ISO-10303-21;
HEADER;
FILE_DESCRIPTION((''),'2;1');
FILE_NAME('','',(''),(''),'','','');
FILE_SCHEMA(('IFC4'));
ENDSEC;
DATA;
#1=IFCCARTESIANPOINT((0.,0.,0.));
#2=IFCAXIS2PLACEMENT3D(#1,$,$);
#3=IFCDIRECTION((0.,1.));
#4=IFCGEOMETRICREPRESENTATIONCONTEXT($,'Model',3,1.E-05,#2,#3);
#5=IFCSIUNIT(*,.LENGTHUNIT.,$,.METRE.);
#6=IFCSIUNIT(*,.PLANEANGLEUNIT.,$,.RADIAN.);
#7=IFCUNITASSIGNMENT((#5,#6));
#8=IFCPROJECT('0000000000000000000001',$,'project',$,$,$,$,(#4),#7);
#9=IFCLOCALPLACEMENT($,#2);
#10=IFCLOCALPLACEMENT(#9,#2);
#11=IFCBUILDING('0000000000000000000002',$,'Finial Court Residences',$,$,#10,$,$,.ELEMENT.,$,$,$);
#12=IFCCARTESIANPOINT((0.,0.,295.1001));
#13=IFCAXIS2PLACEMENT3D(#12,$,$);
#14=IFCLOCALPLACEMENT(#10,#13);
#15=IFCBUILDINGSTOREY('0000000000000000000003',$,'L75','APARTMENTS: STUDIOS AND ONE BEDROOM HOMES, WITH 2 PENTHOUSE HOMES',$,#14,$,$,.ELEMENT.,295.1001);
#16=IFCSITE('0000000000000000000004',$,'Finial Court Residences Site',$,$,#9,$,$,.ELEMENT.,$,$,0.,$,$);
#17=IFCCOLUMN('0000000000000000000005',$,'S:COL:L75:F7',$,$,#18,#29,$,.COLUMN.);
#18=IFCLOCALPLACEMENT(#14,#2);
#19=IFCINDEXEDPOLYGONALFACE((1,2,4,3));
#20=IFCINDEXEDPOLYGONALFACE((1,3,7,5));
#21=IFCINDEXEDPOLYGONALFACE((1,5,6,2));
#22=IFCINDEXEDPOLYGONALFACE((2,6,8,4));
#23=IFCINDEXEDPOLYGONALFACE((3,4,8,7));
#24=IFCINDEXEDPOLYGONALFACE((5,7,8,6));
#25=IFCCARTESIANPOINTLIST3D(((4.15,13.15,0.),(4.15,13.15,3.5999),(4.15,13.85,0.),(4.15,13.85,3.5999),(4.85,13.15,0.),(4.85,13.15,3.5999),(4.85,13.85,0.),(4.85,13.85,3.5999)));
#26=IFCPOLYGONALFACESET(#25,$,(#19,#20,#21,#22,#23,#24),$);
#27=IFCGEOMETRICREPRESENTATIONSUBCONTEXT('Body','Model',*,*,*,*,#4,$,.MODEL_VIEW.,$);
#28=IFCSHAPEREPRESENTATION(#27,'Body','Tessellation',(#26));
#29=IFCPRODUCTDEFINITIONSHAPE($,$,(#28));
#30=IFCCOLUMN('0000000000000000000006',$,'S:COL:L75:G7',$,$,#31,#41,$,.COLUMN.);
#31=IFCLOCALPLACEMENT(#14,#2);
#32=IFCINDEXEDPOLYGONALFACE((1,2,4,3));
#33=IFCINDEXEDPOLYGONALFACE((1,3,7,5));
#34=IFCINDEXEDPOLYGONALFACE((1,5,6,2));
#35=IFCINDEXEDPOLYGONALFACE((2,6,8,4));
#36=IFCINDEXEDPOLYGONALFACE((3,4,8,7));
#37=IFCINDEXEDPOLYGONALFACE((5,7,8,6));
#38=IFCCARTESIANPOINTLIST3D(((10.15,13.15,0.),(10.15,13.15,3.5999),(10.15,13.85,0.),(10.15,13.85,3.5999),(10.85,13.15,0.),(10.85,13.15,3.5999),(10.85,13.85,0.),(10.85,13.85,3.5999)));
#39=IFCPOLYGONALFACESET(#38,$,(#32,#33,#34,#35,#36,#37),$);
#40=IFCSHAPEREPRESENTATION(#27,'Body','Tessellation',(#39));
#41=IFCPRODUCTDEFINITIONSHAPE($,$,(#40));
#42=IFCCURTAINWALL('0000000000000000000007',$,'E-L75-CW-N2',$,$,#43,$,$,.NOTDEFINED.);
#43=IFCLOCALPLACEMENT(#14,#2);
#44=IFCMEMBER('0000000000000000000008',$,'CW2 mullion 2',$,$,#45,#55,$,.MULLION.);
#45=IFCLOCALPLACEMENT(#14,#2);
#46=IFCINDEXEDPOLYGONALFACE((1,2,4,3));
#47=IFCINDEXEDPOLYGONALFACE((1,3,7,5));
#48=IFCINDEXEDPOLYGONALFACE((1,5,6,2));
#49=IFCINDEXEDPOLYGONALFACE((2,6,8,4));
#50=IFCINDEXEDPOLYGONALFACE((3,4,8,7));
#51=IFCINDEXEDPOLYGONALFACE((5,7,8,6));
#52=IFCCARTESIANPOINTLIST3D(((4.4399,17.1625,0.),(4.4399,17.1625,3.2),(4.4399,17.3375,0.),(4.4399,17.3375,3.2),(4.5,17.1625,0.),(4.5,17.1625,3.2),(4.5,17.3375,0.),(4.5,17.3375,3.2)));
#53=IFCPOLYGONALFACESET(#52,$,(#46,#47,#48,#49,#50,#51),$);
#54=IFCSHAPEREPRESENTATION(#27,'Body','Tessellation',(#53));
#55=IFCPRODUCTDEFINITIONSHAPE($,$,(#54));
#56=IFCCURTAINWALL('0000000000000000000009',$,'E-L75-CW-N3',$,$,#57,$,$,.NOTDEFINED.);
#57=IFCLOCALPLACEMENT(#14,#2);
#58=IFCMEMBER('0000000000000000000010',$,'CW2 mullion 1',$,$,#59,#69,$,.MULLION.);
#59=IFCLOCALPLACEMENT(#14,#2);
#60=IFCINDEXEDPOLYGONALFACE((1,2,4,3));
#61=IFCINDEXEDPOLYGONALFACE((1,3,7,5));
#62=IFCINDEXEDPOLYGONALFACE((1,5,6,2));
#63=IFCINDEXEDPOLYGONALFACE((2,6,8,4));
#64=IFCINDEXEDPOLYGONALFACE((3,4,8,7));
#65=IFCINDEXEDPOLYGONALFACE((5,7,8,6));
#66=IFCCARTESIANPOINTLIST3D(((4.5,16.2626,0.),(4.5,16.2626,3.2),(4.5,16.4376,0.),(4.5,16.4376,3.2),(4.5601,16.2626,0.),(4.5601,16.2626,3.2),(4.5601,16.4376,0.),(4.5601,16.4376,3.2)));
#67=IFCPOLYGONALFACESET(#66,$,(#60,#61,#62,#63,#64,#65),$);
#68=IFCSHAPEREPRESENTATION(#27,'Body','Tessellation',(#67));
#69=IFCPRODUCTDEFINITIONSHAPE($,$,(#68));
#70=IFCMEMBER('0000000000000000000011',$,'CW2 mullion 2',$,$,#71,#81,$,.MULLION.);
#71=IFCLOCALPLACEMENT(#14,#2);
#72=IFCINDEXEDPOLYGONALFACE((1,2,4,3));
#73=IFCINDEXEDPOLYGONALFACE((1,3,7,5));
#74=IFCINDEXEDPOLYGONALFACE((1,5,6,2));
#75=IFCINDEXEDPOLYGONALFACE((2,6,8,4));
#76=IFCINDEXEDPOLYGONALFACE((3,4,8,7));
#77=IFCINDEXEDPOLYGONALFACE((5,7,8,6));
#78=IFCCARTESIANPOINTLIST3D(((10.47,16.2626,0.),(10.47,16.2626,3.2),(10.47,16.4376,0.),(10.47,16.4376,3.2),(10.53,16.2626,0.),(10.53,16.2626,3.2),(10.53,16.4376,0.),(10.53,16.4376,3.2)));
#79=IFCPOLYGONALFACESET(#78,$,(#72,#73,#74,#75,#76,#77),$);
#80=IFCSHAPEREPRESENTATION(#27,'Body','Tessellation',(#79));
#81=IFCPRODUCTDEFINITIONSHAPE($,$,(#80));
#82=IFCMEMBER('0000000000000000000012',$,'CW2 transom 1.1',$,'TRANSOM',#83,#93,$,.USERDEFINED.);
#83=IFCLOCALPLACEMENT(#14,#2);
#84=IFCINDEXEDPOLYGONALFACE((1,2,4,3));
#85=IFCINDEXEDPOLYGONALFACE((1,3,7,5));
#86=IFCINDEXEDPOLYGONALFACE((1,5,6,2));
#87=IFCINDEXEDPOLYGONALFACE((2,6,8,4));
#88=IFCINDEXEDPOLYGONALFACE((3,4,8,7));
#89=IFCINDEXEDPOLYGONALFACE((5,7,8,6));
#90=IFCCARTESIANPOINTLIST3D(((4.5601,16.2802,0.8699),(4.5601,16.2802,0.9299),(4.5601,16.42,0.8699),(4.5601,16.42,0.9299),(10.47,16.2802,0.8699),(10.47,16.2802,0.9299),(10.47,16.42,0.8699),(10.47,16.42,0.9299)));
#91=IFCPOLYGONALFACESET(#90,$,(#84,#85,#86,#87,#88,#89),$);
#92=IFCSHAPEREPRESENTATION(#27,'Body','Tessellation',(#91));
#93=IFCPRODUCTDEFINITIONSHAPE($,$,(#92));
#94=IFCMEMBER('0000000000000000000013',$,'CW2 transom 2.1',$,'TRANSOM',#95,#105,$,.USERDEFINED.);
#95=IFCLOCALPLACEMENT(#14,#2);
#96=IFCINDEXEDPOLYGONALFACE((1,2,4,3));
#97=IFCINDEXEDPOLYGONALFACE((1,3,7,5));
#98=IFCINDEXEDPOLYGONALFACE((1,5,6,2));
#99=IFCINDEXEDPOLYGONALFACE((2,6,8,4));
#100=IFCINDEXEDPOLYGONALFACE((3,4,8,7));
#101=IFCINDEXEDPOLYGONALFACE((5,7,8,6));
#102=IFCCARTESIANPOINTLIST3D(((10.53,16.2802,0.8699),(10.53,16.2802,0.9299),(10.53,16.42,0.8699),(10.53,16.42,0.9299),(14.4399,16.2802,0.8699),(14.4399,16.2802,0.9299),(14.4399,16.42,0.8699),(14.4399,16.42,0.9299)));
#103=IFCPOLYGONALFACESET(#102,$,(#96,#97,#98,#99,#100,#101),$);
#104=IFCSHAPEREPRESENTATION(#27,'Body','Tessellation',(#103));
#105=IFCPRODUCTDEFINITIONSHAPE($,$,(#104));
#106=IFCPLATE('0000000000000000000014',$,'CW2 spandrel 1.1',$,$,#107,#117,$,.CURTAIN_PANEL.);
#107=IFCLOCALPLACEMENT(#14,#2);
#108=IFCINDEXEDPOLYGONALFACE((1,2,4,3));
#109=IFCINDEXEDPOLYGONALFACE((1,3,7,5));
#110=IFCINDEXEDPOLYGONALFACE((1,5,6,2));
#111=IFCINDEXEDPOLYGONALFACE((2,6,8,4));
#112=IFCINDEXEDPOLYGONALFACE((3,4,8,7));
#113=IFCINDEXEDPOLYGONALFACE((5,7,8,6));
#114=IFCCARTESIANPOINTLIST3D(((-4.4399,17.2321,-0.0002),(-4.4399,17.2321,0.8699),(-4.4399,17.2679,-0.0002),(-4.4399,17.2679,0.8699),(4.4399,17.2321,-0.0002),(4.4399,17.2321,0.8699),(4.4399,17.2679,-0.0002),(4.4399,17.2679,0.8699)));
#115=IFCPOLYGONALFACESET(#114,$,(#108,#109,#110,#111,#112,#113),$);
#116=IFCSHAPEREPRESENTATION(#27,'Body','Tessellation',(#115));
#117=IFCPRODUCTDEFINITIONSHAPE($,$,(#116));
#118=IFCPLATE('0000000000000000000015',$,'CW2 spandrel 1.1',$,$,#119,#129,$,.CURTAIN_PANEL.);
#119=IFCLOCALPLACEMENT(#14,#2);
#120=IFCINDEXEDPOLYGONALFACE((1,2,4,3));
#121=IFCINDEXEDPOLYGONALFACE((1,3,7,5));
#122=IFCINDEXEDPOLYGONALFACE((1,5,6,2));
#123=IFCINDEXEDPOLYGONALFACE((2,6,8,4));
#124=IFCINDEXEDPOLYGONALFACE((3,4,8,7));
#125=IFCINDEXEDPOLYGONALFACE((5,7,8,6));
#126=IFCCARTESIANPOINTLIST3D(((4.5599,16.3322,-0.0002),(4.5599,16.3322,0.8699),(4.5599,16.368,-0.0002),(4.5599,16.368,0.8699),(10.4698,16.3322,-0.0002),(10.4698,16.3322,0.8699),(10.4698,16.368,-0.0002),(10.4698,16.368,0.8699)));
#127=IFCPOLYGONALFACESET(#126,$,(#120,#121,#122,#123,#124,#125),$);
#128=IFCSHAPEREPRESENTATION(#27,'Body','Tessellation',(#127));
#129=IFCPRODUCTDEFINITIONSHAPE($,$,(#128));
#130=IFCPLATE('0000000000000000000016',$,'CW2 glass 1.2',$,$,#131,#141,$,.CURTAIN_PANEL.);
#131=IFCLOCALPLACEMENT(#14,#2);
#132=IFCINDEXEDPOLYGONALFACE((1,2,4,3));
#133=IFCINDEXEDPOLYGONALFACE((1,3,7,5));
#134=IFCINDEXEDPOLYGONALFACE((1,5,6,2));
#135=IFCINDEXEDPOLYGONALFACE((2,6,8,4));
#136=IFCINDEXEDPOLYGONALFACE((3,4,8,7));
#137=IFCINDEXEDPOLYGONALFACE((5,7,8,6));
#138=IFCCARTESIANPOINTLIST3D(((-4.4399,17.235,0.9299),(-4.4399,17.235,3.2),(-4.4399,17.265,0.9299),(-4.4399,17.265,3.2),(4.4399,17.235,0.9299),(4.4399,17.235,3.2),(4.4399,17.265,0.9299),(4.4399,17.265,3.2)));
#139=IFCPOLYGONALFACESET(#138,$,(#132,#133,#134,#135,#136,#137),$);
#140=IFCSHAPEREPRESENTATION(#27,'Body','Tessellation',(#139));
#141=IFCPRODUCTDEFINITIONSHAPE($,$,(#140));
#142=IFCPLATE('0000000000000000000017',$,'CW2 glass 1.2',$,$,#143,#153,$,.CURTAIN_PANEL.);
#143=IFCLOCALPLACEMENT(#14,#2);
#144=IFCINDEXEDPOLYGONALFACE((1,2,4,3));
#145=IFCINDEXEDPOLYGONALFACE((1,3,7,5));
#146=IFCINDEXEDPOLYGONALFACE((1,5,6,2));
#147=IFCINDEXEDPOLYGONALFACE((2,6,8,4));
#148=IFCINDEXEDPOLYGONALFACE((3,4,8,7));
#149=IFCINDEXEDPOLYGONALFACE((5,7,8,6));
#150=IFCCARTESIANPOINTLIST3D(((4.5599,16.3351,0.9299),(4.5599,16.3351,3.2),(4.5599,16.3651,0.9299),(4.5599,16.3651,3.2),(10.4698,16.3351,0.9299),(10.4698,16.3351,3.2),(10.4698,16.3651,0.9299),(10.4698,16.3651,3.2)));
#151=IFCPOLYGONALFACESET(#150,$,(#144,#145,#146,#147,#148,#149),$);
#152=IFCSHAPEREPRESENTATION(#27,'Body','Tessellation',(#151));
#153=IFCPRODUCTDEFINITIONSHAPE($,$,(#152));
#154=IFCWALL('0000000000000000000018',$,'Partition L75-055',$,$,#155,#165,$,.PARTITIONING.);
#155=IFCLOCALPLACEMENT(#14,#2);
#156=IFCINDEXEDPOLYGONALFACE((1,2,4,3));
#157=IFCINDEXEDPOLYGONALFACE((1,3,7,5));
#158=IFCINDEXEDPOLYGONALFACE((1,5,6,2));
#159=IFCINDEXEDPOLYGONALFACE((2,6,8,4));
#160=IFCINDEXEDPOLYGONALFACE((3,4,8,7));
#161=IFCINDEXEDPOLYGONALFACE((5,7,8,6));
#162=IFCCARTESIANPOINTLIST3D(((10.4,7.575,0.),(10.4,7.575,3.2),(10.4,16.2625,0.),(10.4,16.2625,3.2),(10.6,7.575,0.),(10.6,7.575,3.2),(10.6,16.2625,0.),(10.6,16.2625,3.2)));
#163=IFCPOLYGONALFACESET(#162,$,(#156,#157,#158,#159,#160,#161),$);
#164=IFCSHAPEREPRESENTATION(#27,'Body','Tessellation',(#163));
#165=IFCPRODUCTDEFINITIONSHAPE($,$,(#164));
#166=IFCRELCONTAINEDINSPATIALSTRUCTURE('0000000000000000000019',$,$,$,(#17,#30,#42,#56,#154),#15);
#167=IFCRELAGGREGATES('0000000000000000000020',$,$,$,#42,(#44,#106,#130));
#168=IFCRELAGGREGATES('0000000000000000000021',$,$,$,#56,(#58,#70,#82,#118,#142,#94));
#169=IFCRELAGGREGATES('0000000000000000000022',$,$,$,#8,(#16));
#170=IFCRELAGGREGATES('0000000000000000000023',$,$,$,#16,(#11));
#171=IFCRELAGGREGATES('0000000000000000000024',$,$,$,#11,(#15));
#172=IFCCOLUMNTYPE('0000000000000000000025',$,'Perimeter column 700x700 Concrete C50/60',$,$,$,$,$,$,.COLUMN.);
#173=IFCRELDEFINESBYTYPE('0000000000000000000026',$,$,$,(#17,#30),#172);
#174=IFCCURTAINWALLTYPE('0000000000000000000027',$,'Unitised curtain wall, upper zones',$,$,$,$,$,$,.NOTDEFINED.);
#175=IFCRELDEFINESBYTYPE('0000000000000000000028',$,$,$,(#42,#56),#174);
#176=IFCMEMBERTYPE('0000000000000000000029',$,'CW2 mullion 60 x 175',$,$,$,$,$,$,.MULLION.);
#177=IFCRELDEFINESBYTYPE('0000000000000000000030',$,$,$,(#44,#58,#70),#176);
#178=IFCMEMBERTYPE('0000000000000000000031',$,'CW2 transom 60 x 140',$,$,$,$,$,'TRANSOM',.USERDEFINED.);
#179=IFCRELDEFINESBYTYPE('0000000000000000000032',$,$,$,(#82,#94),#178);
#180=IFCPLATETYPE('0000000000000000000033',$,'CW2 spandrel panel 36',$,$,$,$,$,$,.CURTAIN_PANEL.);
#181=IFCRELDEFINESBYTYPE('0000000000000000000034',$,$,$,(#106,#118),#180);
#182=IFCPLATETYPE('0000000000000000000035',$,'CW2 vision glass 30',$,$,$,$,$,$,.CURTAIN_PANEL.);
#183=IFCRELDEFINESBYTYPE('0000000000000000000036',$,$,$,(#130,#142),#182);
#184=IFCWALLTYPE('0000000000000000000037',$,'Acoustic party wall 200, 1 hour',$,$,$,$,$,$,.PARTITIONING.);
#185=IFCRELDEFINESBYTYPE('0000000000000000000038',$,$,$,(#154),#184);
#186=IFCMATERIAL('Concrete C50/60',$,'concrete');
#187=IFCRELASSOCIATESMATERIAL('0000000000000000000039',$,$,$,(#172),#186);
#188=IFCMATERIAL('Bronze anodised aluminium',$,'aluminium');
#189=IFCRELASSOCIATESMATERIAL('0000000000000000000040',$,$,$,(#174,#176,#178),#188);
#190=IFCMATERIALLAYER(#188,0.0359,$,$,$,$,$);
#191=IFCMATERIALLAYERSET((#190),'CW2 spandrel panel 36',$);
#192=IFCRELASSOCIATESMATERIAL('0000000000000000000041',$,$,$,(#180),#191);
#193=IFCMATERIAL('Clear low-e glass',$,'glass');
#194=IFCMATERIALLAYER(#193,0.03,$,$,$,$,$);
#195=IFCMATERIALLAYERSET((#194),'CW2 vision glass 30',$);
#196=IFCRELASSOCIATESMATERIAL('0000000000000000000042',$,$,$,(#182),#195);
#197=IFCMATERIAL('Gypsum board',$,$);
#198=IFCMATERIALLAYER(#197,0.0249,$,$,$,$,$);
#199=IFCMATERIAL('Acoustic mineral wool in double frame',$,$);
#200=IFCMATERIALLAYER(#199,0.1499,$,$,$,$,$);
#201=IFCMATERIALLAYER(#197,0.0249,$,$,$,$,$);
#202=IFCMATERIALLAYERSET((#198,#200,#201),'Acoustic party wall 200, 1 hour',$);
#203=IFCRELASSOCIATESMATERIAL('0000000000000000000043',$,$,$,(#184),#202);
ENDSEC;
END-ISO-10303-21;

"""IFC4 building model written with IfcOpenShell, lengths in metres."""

from ifc_helpers import new_model, si_unit, direction, frame, frame_2d, origin, origin_2d, place, context, subcontext, project, spatial, rectangle, extrude, material, layer, layer_set, material_profile, profile_set, type_object, element, aggregate, save


model = new_model("IFC4")

# Units and contexts
model_context = context("Model", 3, precision=1e-05, world=origin(), true_north=direction((0.0, 1.0)))
body_context = subcontext(model_context, "Body", "Model", "MODEL_VIEW")
ifc_project = project(units=[si_unit("LENGTHUNIT", "METRE"), si_unit("PLANEANGLEUNIT", "RADIAN")], contexts=[model_context])

# Site, building, storey
site_placement = place(None, origin())
site = spatial("IfcSite", under=ifc_project, at=site_placement, Name="Finial Court Residences Site", CompositionType="ELEMENT", RefElevation=0.0)
building_placement = place(site_placement, origin())
building = spatial("IfcBuilding", under=site, at=building_placement, Name="Finial Court Residences", CompositionType="ELEMENT")
storey_placement = place(building_placement, frame((0.0, 0.0, 295.1001)))
storey = spatial("IfcBuildingStorey", under=building, at=storey_placement, Name="L75", Description="APARTMENTS: STUDIOS AND ONE BEDROOM HOMES, WITH 2 PENTHOUSE HOMES", CompositionType="ELEMENT", Elevation=295.1001)

# Columns
ifc_material_1 = material(Name="Concrete C50/60", Category="concrete")
ifc_material_profile_1 = material_profile(ifc_material_1, rectangle(XDim=0.7, YDim=0.7, at=origin_2d()), Name="700x700")
ifc_profile_set_1 = profile_set([ifc_material_profile_1], Name="Concrete C50/60")
column_type = type_object("IfcColumnType", Name="Perimeter column 700x700 Concrete C50/60", PredefinedType="COLUMN", material=ifc_profile_set_1)
for number, where, z_axis, x_axis, name in (
    (1, (4.5, 13.5, 0.0), (0.0, 0.0, 1.0), (1.0, 0.0, 0.0), "S:COL:L75:F7"),
    (2, (10.5, 13.5, 0.0), (0.0, 0.0, 1.0), (1.0, 0.0, 0.0), "S:COL:L75:G7"),
):
    element("IfcColumn", number, at=place(storey_placement, frame(where, z_axis=z_axis, x_axis=x_axis)), inside=storey, type_object=column_type, Name=name, PredefinedType="COLUMN", context=body_context, shape_type="SweptSolid", body=[
        extrude(rectangle(XDim=0.7, YDim=0.7, at=origin_2d()), origin(), (0.0, 0.0, 1.0), 3.5999),
    ])

# Curtain wall, member
ifc_material_2 = material(Name="Bronze anodised aluminium", Category="aluminium")
curtain_wall_type = type_object("IfcCurtainWallType", Name="Unitised curtain wall, upper zones", PredefinedType="NOTDEFINED", material=ifc_material_2)
curtain_wall_1_placement = place(storey_placement, origin())
curtain_wall_1 = element("IfcCurtainWall", 3, at=curtain_wall_1_placement, inside=storey, type_object=curtain_wall_type, Name="E-L75-CW-N2", PredefinedType="NOTDEFINED")
ifc_material_profile_2 = material_profile(ifc_material_2, rectangle(XDim=0.175, YDim=0.0601, at=origin_2d()), Name="CW2 mullion 60 x 175")
ifc_profile_set_2 = profile_set([ifc_material_profile_2], Name="Bronze anodised aluminium")
member_type_1 = type_object("IfcMemberType", Name="CW2 mullion 60 x 175", PredefinedType="MULLION", material=ifc_profile_set_2)
member_1_placement = place(storey_placement, frame((4.47, 17.25, 0.0), z_axis=(0.0, 0.0, 1.0), x_axis=(0.0, 1.0, 0.0)))
member_1 = element("IfcMember", 4, at=member_1_placement, type_object=member_type_1, Name="CW2 mullion 2", PredefinedType="MULLION", context=body_context, shape_type="SweptSolid", body=[
    extrude(rectangle(XDim=0.175, YDim=0.0601, at=origin_2d()), origin(), (0.0, 0.0, 1.0), 3.2),
])

# Curtain wall, members
curtain_wall_2_placement = place(storey_placement, origin())
curtain_wall_2 = element("IfcCurtainWall", 5, at=curtain_wall_2_placement, inside=storey, type_object=curtain_wall_type, Name="E-L75-CW-N3", PredefinedType="NOTDEFINED")
member_2_placement = place(storey_placement, frame((4.53, 16.3501, 0.0), z_axis=(0.0, 0.0, 1.0), x_axis=(0.0, 1.0, 0.0)))
member_2 = element("IfcMember", 6, at=member_2_placement, type_object=member_type_1, Name="CW2 mullion 1", PredefinedType="MULLION", context=body_context, shape_type="SweptSolid", body=[
    extrude(rectangle(XDim=0.175, YDim=0.0601, at=origin_2d()), origin(), (0.0, 0.0, 1.0), 3.2),
])
member_3_placement = place(storey_placement, frame((10.5, 16.3501, 0.0), z_axis=(0.0, 0.0, 1.0), x_axis=(0.0, 1.0, 0.0)))
member_3 = element("IfcMember", 7, at=member_3_placement, type_object=member_type_1, Name="CW2 mullion 2", PredefinedType="MULLION", context=body_context, shape_type="SweptSolid", body=[
    extrude(rectangle(XDim=0.175, YDim=0.0601, at=origin_2d()), origin(), (0.0, 0.0, 1.0), 3.2),
])
ifc_material_profile_3 = material_profile(ifc_material_2, rectangle(XDim=0.1399, YDim=0.0601, at=origin_2d()), Name="CW2 transom 60 x 140")
ifc_profile_set_3 = profile_set([ifc_material_profile_3], Name="Bronze anodised aluminium")
member_type_2 = type_object("IfcMemberType", Name="CW2 transom 60 x 140", ElementType="TRANSOM", PredefinedType="USERDEFINED", material=ifc_profile_set_3)
member_4_placement = place(storey_placement, frame((4.5601, 16.3501, 0.8999), z_axis=(1.0, 0.0, 0.0), x_axis=(0.0, 1.0, 0.0)))
member_4 = element("IfcMember", 8, at=member_4_placement, type_object=member_type_2, Name="CW2 transom 1.1", ObjectType="TRANSOM", PredefinedType="USERDEFINED", context=body_context, shape_type="SweptSolid", body=[
    extrude(rectangle(XDim=0.1399, YDim=0.0601, at=origin_2d()), origin(), (0.0, 0.0, 1.0), 5.9099),
])
member_5_placement = place(storey_placement, frame((10.53, 16.3501, 0.8999), z_axis=(1.0, 0.0, 0.0), x_axis=(0.0, 1.0, 0.0)))
member_5 = element("IfcMember", 9, at=member_5_placement, type_object=member_type_2, Name="CW2 transom 2.1", ObjectType="TRANSOM", PredefinedType="USERDEFINED", context=body_context, shape_type="SweptSolid", body=[
    extrude(rectangle(XDim=0.1399, YDim=0.0601, at=origin_2d()), origin(), (0.0, 0.0, 1.0), 3.9099),
])

# Plates
ifc_layer_1 = layer(ifc_material_2, 0.0359)
ifc_layer_set_1 = layer_set([ifc_layer_1], Name="CW2 spandrel panel 36")
plate_type_1 = type_object("IfcPlateType", Name="CW2 spandrel panel 36", PredefinedType="CURTAIN_PANEL", material=ifc_layer_set_1)
plate_1_placement = place(storey_placement, frame((0.0, 17.25, -0.0002), z_axis=(0.0, 0.0, 1.0), x_axis=(1.0, 0.0, 0.0)))
plate_1 = element("IfcPlate", 10, at=plate_1_placement, type_object=plate_type_1, Name="CW2 spandrel 1.1", PredefinedType="CURTAIN_PANEL", context=body_context, shape_type="SweptSolid", body=[
    extrude(rectangle(XDim=8.8799, YDim=0.0359, at=origin_2d()), origin(), (0.0, 0.0, 1.0), 0.8701),
])
plate_2_placement = place(storey_placement, frame((7.5149, 16.3501, -0.0002), z_axis=(0.0, 0.0, 1.0), x_axis=(1.0, 0.0, 0.0)))
plate_2 = element("IfcPlate", 11, at=plate_2_placement, type_object=plate_type_1, Name="CW2 spandrel 1.1", PredefinedType="CURTAIN_PANEL", context=body_context, shape_type="SweptSolid", body=[
    extrude(rectangle(XDim=5.9099, YDim=0.0359, at=origin_2d()), origin(), (0.0, 0.0, 1.0), 0.8701),
])
ifc_material_3 = material(Name="Clear low-e glass", Category="glass")
ifc_layer_2 = layer(ifc_material_3, 0.03)
ifc_layer_set_2 = layer_set([ifc_layer_2], Name="CW2 vision glass 30")
plate_type_2 = type_object("IfcPlateType", Name="CW2 vision glass 30", PredefinedType="CURTAIN_PANEL", material=ifc_layer_set_2)
plate_3_placement = place(storey_placement, frame((0.0, 17.25, 0.9299), z_axis=(0.0, 0.0, 1.0), x_axis=(1.0, 0.0, 0.0)))
plate_3 = element("IfcPlate", 12, at=plate_3_placement, type_object=plate_type_2, Name="CW2 glass 1.2", PredefinedType="CURTAIN_PANEL", context=body_context, shape_type="SweptSolid", body=[
    extrude(rectangle(XDim=8.8799, YDim=0.03, at=origin_2d()), origin(), (0.0, 0.0, 1.0), 2.27),
])
aggregate(curtain_wall_1, [member_1, plate_1, plate_3])
plate_4_placement = place(storey_placement, frame((7.5149, 16.3501, 0.9299), z_axis=(0.0, 0.0, 1.0), x_axis=(1.0, 0.0, 0.0)))
plate_4 = element("IfcPlate", 13, at=plate_4_placement, type_object=plate_type_2, Name="CW2 glass 1.2", PredefinedType="CURTAIN_PANEL", context=body_context, shape_type="SweptSolid", body=[
    extrude(rectangle(XDim=5.9099, YDim=0.03, at=origin_2d()), origin(), (0.0, 0.0, 1.0), 2.27),
])
aggregate(curtain_wall_2, [member_2, member_3, member_4, plate_2, plate_4, member_5])

# Wall
ifc_material_4 = material(Name="Gypsum board")
ifc_layer_3 = layer(ifc_material_4, 0.0249)
ifc_material_5 = material(Name="Acoustic mineral wool in double frame")
ifc_layer_4 = layer(ifc_material_5, 0.1499)
ifc_layer_5 = layer(ifc_material_4, 0.0249)
ifc_layer_set_3 = layer_set([ifc_layer_3, ifc_layer_4, ifc_layer_5], Name="Acoustic party wall 200, 1 hour")
wall_type_1 = type_object("IfcWallType", Name="Acoustic party wall 200, 1 hour", PredefinedType="PARTITIONING", material=ifc_layer_set_3)
wall_1_placement = place(storey_placement, frame((10.5, 7.575, 0.0), z_axis=(0.0, 0.0, 1.0), x_axis=(0.0, 1.0, 0.0)))
element("IfcWall", 14, at=wall_1_placement, inside=storey, type_object=wall_type_1, Name="Partition L75-055", PredefinedType="PARTITIONING", context=body_context, shape_type="SweptSolid", body=[
    extrude(rectangle(XDim=8.6875, YDim=0.2, at=frame_2d((4.3438, 0.0))), origin(), (0.0, 0.0, 1.0), 3.2),
])

save(model, "model.ifc")
